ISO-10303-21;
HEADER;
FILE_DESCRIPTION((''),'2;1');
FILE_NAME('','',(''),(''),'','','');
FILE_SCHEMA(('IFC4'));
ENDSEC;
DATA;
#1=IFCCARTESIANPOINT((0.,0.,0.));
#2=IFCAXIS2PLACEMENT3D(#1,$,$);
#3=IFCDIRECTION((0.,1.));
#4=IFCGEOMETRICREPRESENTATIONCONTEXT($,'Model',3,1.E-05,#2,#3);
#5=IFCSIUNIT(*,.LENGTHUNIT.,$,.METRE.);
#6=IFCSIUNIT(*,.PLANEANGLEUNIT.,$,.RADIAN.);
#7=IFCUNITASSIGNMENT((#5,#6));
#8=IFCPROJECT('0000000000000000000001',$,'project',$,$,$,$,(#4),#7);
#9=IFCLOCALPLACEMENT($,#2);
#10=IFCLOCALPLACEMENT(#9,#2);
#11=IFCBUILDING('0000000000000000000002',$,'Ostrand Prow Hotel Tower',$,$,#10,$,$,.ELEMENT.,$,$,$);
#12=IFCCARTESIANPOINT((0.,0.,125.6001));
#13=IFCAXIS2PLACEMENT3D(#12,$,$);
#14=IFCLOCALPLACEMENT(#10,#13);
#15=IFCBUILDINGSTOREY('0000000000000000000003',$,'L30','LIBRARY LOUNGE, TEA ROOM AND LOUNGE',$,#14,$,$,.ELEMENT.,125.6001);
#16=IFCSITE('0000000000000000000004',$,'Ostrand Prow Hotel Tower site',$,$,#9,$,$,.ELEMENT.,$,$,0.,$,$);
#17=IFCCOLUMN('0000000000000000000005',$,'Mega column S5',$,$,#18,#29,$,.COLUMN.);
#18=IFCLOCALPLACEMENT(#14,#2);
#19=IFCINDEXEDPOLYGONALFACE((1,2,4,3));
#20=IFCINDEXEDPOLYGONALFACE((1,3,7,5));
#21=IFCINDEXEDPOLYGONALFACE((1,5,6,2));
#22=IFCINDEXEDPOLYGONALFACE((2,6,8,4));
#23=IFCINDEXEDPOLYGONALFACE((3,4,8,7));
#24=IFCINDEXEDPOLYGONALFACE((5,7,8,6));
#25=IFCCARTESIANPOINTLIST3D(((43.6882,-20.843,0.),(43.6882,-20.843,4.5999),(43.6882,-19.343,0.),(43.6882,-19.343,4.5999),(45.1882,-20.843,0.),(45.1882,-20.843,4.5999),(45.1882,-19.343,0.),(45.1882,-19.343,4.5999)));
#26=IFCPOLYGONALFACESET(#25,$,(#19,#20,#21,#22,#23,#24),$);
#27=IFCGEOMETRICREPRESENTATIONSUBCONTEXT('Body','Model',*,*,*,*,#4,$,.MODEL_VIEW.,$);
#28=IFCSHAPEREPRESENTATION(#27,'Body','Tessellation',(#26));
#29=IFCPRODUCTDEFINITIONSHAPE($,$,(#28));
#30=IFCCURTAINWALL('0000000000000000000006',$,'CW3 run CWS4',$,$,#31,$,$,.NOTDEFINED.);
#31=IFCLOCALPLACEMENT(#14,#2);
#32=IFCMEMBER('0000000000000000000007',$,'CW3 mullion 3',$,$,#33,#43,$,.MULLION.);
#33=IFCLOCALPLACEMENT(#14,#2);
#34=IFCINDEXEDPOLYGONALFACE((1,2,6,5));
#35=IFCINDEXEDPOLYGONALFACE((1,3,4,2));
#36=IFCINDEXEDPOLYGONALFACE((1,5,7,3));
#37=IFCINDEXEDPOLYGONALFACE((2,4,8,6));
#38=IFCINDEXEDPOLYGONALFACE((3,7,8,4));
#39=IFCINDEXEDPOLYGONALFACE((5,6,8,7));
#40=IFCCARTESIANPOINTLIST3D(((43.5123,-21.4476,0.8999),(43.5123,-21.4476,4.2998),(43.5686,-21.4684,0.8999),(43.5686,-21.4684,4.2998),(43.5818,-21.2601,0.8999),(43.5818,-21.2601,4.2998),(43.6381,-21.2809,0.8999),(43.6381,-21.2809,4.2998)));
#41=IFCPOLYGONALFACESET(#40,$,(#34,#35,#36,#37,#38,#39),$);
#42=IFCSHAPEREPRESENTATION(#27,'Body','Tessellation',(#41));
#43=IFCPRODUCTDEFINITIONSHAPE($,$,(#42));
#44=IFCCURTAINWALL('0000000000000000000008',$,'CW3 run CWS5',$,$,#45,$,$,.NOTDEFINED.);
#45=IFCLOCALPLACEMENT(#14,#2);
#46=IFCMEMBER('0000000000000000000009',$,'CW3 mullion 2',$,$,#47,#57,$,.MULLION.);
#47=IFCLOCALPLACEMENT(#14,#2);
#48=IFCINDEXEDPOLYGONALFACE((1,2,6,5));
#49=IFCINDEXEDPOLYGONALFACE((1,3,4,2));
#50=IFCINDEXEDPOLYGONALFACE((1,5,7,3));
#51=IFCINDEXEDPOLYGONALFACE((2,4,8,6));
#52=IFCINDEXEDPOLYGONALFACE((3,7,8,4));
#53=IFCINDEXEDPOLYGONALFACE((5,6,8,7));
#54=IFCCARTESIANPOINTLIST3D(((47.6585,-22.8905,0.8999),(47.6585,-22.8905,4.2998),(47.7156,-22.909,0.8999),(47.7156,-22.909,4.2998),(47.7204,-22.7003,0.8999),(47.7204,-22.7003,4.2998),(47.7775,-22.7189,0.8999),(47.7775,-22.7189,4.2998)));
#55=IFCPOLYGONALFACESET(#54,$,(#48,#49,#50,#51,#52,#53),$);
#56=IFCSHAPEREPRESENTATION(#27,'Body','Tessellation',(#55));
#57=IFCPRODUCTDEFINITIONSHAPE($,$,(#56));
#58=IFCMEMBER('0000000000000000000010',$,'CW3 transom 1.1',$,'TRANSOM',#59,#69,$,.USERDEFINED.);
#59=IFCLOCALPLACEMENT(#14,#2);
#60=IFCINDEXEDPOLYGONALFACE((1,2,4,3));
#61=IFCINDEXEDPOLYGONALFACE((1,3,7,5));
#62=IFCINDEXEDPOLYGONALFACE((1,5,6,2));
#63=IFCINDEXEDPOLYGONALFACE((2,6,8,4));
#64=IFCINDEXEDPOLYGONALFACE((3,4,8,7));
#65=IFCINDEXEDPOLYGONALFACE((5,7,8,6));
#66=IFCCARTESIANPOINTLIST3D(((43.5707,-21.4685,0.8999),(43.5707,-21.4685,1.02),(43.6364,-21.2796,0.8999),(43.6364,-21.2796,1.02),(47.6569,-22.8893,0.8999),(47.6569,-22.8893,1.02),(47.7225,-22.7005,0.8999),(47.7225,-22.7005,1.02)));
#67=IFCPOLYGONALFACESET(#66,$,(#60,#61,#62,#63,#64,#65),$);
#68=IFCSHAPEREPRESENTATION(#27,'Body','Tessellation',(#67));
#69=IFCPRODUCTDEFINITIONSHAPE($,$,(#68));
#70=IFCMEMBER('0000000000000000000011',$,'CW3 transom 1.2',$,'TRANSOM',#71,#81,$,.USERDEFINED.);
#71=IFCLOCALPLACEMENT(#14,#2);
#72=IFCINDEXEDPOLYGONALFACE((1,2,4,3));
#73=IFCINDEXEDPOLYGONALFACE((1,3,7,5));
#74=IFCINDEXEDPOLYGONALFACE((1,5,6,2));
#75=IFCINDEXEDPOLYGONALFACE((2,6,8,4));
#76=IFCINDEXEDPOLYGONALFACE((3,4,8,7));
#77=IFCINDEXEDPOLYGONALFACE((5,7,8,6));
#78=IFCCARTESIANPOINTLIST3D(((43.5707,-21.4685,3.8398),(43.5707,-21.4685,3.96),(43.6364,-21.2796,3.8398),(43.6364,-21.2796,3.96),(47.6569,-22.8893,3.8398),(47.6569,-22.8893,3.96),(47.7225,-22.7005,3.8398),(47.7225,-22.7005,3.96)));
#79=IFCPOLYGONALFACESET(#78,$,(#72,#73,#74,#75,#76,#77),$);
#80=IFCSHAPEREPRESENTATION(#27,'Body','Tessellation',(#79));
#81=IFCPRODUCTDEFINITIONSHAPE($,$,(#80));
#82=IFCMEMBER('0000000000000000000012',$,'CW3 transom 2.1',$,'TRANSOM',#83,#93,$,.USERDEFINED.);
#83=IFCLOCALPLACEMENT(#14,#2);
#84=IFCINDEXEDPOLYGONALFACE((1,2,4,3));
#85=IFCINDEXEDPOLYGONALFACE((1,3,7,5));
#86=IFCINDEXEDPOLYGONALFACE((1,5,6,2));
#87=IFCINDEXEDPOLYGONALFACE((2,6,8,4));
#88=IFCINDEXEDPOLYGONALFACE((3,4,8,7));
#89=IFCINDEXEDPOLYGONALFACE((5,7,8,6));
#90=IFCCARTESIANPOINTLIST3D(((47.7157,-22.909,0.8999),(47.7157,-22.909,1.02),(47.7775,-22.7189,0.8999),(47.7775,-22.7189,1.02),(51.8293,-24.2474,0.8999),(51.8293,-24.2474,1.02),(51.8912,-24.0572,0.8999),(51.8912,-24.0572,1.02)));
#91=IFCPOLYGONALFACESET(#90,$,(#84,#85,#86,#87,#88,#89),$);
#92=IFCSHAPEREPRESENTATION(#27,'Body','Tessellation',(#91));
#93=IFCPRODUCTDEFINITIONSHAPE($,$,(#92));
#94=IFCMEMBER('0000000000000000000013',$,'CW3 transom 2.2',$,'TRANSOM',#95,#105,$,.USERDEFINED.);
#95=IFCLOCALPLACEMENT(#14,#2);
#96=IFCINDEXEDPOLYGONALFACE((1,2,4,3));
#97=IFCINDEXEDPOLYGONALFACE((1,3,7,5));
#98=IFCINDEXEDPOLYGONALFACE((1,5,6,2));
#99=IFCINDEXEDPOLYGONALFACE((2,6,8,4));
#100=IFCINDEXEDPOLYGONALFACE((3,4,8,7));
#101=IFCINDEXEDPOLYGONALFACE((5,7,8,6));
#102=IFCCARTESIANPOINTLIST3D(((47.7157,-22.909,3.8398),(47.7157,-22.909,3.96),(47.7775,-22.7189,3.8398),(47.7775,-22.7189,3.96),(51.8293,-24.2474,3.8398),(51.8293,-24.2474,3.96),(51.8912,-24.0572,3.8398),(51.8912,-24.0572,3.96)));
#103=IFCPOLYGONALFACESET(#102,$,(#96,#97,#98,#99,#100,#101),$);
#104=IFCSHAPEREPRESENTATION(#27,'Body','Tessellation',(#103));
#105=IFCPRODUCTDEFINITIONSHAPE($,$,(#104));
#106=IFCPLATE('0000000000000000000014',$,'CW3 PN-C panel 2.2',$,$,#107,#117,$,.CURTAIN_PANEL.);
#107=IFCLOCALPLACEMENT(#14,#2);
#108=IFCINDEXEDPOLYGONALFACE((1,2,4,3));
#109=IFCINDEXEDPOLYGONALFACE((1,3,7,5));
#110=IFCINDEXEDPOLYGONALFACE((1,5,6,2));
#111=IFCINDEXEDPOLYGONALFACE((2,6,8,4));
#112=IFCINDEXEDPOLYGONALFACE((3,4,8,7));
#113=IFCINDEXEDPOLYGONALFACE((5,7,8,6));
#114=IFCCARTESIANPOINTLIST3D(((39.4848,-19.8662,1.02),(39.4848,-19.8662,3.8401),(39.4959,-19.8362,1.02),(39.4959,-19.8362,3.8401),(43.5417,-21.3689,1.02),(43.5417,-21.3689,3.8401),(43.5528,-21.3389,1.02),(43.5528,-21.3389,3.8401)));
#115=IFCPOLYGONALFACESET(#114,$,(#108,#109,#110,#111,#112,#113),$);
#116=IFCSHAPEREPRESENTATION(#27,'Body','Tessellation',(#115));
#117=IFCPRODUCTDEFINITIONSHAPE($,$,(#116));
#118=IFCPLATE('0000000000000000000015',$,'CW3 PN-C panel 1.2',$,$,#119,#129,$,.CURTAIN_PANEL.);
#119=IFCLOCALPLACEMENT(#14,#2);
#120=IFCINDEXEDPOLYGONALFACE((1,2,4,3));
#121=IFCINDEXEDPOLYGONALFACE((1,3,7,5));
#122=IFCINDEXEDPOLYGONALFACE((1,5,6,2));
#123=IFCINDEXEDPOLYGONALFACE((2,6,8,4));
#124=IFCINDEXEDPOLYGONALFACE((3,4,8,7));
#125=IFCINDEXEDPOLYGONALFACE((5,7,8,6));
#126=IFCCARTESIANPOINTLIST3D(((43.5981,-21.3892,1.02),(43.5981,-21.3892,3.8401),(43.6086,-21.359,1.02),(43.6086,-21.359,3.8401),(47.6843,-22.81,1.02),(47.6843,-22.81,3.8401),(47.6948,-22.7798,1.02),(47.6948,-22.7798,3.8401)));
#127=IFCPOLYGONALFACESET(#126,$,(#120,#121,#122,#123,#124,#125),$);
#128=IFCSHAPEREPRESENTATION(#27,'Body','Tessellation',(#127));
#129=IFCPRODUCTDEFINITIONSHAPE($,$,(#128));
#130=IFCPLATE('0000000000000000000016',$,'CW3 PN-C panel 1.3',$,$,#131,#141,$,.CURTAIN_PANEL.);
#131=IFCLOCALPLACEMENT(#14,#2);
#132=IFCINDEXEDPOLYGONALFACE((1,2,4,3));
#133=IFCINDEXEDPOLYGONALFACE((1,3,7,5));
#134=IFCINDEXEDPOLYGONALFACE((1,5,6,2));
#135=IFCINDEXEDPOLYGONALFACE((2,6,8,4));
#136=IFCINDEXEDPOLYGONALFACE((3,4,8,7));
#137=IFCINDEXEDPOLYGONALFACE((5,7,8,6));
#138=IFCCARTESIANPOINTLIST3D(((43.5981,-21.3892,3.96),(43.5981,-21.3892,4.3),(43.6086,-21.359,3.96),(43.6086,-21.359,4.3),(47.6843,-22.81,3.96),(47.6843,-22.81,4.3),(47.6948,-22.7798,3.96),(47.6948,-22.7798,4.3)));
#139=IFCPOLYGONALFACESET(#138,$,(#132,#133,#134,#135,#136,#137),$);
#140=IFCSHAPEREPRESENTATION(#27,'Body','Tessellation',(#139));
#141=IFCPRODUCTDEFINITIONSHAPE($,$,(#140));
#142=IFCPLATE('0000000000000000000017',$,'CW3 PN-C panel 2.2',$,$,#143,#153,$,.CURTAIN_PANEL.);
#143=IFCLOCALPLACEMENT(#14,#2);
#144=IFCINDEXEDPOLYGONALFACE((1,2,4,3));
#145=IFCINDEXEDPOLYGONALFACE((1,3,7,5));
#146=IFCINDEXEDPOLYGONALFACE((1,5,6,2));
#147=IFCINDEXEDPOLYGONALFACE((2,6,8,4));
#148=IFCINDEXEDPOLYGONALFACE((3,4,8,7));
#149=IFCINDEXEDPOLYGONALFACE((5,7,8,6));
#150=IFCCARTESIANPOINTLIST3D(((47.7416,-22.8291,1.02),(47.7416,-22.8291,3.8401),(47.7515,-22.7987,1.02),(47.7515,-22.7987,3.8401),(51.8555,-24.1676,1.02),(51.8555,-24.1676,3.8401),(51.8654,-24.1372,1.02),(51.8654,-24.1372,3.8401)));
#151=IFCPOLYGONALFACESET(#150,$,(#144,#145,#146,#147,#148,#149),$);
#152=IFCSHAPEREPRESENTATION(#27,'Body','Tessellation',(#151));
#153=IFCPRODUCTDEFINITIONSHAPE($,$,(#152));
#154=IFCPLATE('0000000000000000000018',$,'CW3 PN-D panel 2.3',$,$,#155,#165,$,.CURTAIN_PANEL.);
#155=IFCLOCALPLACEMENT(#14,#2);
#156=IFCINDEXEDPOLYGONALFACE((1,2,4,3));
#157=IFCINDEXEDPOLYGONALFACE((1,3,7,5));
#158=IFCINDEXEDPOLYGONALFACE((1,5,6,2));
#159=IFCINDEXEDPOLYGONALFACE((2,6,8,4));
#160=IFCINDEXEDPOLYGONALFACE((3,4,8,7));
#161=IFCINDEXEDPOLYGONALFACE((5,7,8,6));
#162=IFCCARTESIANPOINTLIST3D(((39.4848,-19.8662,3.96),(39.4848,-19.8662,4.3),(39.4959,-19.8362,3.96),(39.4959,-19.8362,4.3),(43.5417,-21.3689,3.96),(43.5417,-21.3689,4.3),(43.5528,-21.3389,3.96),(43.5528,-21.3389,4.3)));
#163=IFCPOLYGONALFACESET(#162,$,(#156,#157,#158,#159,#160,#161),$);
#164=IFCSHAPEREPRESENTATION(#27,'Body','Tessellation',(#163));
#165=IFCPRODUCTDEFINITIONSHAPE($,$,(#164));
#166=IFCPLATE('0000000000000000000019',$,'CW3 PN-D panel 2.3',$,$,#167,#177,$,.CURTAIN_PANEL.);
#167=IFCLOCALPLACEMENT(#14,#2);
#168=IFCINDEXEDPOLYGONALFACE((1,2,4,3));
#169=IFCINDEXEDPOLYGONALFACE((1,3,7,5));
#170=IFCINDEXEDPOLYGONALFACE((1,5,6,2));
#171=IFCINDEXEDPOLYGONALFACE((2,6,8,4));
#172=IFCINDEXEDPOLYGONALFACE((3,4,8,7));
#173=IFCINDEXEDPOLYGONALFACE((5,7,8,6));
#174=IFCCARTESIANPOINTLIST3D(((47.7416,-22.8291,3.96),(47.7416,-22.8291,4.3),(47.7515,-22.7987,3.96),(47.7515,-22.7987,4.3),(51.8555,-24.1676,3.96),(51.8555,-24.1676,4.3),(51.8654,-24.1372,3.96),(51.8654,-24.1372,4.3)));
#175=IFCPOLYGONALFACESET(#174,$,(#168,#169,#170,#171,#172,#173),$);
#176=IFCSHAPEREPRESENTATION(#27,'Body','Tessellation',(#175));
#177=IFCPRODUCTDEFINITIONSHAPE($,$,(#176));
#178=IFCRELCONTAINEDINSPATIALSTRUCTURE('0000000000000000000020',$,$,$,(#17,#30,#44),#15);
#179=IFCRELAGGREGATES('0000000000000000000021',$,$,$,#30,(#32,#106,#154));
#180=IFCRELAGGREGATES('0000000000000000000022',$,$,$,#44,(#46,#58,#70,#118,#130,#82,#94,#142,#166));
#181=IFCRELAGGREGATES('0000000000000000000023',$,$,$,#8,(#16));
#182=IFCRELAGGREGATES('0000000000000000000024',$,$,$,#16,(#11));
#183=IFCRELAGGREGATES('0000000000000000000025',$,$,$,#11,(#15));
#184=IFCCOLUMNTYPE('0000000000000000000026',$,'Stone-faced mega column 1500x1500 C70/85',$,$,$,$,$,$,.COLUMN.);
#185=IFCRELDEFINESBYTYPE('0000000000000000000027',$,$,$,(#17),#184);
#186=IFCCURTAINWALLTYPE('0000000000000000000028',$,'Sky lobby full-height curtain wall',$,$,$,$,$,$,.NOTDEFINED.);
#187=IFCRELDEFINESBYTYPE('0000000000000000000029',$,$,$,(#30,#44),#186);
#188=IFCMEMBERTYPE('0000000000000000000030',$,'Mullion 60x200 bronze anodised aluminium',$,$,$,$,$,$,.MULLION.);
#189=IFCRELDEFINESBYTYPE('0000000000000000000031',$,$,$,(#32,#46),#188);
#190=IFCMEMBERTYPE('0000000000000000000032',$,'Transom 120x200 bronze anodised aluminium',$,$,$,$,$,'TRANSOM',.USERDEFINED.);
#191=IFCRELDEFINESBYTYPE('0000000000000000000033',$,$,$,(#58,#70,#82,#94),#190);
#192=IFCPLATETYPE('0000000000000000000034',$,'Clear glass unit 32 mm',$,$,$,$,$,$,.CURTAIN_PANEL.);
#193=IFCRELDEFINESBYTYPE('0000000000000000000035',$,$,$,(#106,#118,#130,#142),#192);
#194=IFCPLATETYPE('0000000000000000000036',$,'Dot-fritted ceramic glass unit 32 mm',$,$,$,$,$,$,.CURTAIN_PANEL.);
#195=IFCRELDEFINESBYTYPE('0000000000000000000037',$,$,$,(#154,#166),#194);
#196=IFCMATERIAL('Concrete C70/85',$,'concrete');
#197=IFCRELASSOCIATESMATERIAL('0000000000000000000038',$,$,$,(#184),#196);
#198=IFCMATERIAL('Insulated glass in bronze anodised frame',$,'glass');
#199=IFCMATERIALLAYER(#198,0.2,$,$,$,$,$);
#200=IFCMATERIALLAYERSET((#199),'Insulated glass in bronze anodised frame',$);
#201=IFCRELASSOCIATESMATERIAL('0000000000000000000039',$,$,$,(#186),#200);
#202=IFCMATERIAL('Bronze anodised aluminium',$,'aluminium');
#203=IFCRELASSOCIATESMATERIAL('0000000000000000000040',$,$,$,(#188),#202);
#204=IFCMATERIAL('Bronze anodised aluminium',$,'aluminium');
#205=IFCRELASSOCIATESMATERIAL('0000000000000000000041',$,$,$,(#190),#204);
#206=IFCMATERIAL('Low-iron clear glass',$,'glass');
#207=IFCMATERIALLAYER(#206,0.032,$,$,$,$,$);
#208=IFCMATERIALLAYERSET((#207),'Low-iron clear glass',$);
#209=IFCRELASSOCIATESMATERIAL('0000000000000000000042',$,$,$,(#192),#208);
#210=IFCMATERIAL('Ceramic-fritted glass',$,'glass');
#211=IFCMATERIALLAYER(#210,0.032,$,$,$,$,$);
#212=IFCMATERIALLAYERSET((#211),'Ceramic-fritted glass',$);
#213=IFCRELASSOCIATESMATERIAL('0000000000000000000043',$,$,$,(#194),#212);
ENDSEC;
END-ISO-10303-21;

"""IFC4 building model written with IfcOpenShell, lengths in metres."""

from ifc_helpers import new_model, si_unit, direction, frame, origin, origin_2d, place, context, subcontext, project, spatial, rectangle, extrude, material, layer, layer_set, material_profile, profile_set, type_object, element, aggregate, save


model = new_model("IFC4")

# Units and contexts
model_context = context("Model", 3, precision=1e-05, world=origin(), true_north=direction((0.0, 1.0)))
body_context = subcontext(model_context, "Body", "Model", "MODEL_VIEW")
ifc_project = project(units=[si_unit("LENGTHUNIT", "METRE"), si_unit("PLANEANGLEUNIT", "RADIAN")], contexts=[model_context])

# Site, building, storey
site_placement = place(None, origin())
site = spatial("IfcSite", under=ifc_project, at=site_placement, Name="Ostrand Prow Hotel Tower site", CompositionType="ELEMENT", RefElevation=0.0)
building_placement = place(site_placement, origin())
building = spatial("IfcBuilding", under=site, at=building_placement, Name="Ostrand Prow Hotel Tower", CompositionType="ELEMENT")
storey_placement = place(building_placement, frame((0.0, 0.0, 125.6001)))
storey = spatial("IfcBuildingStorey", under=building, at=storey_placement, Name="L30", Description="LIBRARY LOUNGE, TEA ROOM AND LOUNGE", CompositionType="ELEMENT", Elevation=125.6001)

# Column
ifc_material_1 = material(Name="Concrete C70/85", Category="concrete")
ifc_material_profile_1 = material_profile(ifc_material_1, rectangle(XDim=1.5, YDim=1.5, at=origin_2d()), Name="RC 1500x1500")
ifc_profile_set_1 = profile_set([ifc_material_profile_1], Name="Concrete C70/85")
column_type = type_object("IfcColumnType", Name="Stone-faced mega column 1500x1500 C70/85", PredefinedType="COLUMN", material=ifc_profile_set_1)
column_placement = place(storey_placement, frame((44.4382, -20.093, 0.0), z_axis=(0.0, 0.0, 1.0), x_axis=(1.0, 0.0, 0.0)))
element("IfcColumn", 1, at=column_placement, inside=storey, type_object=column_type, Name="Mega column S5", PredefinedType="COLUMN", context=body_context, shape_type="SweptSolid", body=[
    extrude(rectangle(XDim=1.5, YDim=1.5, at=origin_2d()), origin(), (0.0, 0.0, 1.0), 4.5999),
])

# Curtain wall, member
ifc_material_2 = material(Name="Insulated glass in bronze anodised frame", Category="glass")
ifc_layer_1 = layer(ifc_material_2, 0.2)
ifc_layer_set_1 = layer_set([ifc_layer_1], Name="Insulated glass in bronze anodised frame")
curtain_wall_type = type_object("IfcCurtainWallType", Name="Sky lobby full-height curtain wall", PredefinedType="NOTDEFINED", material=ifc_layer_set_1)
curtain_wall_1_placement = place(storey_placement, origin())
curtain_wall_1 = element("IfcCurtainWall", 2, at=curtain_wall_1_placement, inside=storey, type_object=curtain_wall_type, Name="CW3 run CWS4", PredefinedType="NOTDEFINED")
ifc_material_3 = material(Name="Bronze anodised aluminium", Category="aluminium")
ifc_material_profile_2 = material_profile(ifc_material_3, rectangle(XDim=0.2, YDim=0.0601, at=origin_2d()), Name="Mullion 60x200 bronze anodised aluminium")
ifc_profile_set_2 = profile_set([ifc_material_profile_2], Name="Bronze anodised aluminium")
member_type_1 = type_object("IfcMemberType", Name="Mullion 60x200 bronze anodised aluminium", PredefinedType="MULLION", material=ifc_profile_set_2)
member_1_placement = place(storey_placement, frame((43.5752, -21.3643, 0.8999), z_axis=(0.0, 0.0, 1.0), x_axis=(0.347342, 0.937739, 0.0)))
member_1 = element("IfcMember", 3, at=member_1_placement, type_object=member_type_1, Name="CW3 mullion 3", PredefinedType="MULLION", context=body_context, shape_type="SweptSolid", body=[
    extrude(rectangle(XDim=0.2, YDim=0.0601, at=origin_2d()), origin(), (0.0, 0.0, 1.0), 3.3999),
])

# Curtain wall, members
curtain_wall_2_placement = place(storey_placement, origin())
curtain_wall_2 = element("IfcCurtainWall", 4, at=curtain_wall_2_placement, inside=storey, type_object=curtain_wall_type, Name="CW3 run CWS5", PredefinedType="NOTDEFINED")
member_2_placement = place(storey_placement, frame((47.718, -22.8047, 0.8999), z_axis=(0.0, 0.0, 1.0), x_axis=(0.30938, 0.950938, 0.0)))
member_2 = element("IfcMember", 5, at=member_2_placement, type_object=member_type_1, Name="CW3 mullion 2", PredefinedType="MULLION", context=body_context, shape_type="SweptSolid", body=[
    extrude(rectangle(XDim=0.2, YDim=0.0601, at=origin_2d()), origin(), (0.0, 0.0, 1.0), 3.3999),
])
ifc_material_4 = material(Name="Bronze anodised aluminium", Category="aluminium")
ifc_material_profile_3 = material_profile(ifc_material_4, rectangle(XDim=0.2, YDim=0.1201, at=origin_2d()), Name="Transom 120x200 bronze anodised aluminium")
ifc_profile_set_3 = profile_set([ifc_material_profile_3], Name="Bronze anodised aluminium")
member_type_2 = type_object("IfcMemberType", Name="Transom 120x200 bronze anodised aluminium", ElementType="TRANSOM", PredefinedType="USERDEFINED", material=ifc_profile_set_3)
member_3_placement = place(storey_placement, frame((43.6035, -21.374, 0.96), z_axis=(0.944524, -0.328442, 0.0), x_axis=(0.328442, 0.944524, 0.0)))
member_3 = element("IfcMember", 6, at=member_3_placement, type_object=member_type_2, Name="CW3 transom 1.1", ObjectType="TRANSOM", PredefinedType="USERDEFINED", context=body_context, shape_type="SweptSolid", body=[
    extrude(rectangle(XDim=0.2, YDim=0.1201, at=origin_2d()), origin(), (0.0, 0.0, 1.0), 4.3262),
])
member_4_placement = place(storey_placement, frame((43.6035, -21.374, 3.8999), z_axis=(0.944524, -0.328442, 0.0), x_axis=(0.328442, 0.944524, 0.0)))
member_4 = element("IfcMember", 7, at=member_4_placement, type_object=member_type_2, Name="CW3 transom 1.2", ObjectType="TRANSOM", PredefinedType="USERDEFINED", context=body_context, shape_type="SweptSolid", body=[
    extrude(rectangle(XDim=0.2, YDim=0.1201, at=origin_2d()), origin(), (0.0, 0.0, 1.0), 4.3262),
])
member_5_placement = place(storey_placement, frame((47.7466, -22.814, 0.96), z_axis=(0.950939, -0.30938, 0.0), x_axis=(0.30938, 0.950939, 0.0)))
member_5 = element("IfcMember", 8, at=member_5_placement, type_object=member_type_2, Name="CW3 transom 2.1", ObjectType="TRANSOM", PredefinedType="USERDEFINED", context=body_context, shape_type="SweptSolid", body=[
    extrude(rectangle(XDim=0.2, YDim=0.1201, at=origin_2d()), origin(), (0.0, 0.0, 1.0), 4.3259),
])
member_6_placement = place(storey_placement, frame((47.7466, -22.814, 3.8999), z_axis=(0.950939, -0.30938, 0.0), x_axis=(0.30938, 0.950939, 0.0)))
member_6 = element("IfcMember", 9, at=member_6_placement, type_object=member_type_2, Name="CW3 transom 2.2", ObjectType="TRANSOM", PredefinedType="USERDEFINED", context=body_context, shape_type="SweptSolid", body=[
    extrude(rectangle(XDim=0.2, YDim=0.1201, at=origin_2d()), origin(), (0.0, 0.0, 1.0), 4.3259),
])

# Plates
ifc_material_5 = material(Name="Low-iron clear glass", Category="glass")
ifc_layer_2 = layer(ifc_material_5, 0.032)
ifc_layer_set_2 = layer_set([ifc_layer_2], Name="Low-iron clear glass")
plate_type_1 = type_object("IfcPlateType", Name="Clear glass unit 32 mm", PredefinedType="CURTAIN_PANEL", material=ifc_layer_set_2)
plate_1_placement = place(storey_placement, frame((41.5188, -20.6025, 1.02), z_axis=(0.0, 0.0, 1.0), x_axis=(0.937739, -0.347342, 0.0)))
plate_1 = element("IfcPlate", 10, at=plate_1_placement, type_object=plate_type_1, Name="CW3 PN-C panel 2.2", PredefinedType="CURTAIN_PANEL", context=body_context, shape_type="SweptSolid", body=[
    extrude(rectangle(XDim=4.3262, YDim=0.032, at=origin_2d()), origin(), (0.0, 0.0, 1.0), 2.8201),
])
plate_2_placement = place(storey_placement, frame((45.6465, -22.0845, 1.02), z_axis=(0.0, 0.0, 1.0), x_axis=(0.944529, -0.328428, 0.0)))
plate_2 = element("IfcPlate", 11, at=plate_2_placement, type_object=plate_type_1, Name="CW3 PN-C panel 1.2", PredefinedType="CURTAIN_PANEL", context=body_context, shape_type="SweptSolid", body=[
    extrude(rectangle(XDim=4.3262, YDim=0.032, at=origin_2d()), origin(), (0.0, 0.0, 1.0), 2.8201),
])
plate_3_placement = place(storey_placement, frame((45.6465, -22.0845, 3.96), z_axis=(0.0, 0.0, 1.0), x_axis=(0.944529, -0.328428, 0.0)))
plate_3 = element("IfcPlate", 12, at=plate_3_placement, type_object=plate_type_1, Name="CW3 PN-C panel 1.3", PredefinedType="CURTAIN_PANEL", context=body_context, shape_type="SweptSolid", body=[
    extrude(rectangle(XDim=4.3262, YDim=0.032, at=origin_2d()), origin(), (0.0, 0.0, 1.0), 0.3401),
])
plate_4_placement = place(storey_placement, frame((49.8035, -23.4832, 1.02), z_axis=(0.0, 0.0, 1.0), x_axis=(0.950938, -0.30938, 0.0)))
plate_4 = element("IfcPlate", 13, at=plate_4_placement, type_object=plate_type_1, Name="CW3 PN-C panel 2.2", PredefinedType="CURTAIN_PANEL", context=body_context, shape_type="SweptSolid", body=[
    extrude(rectangle(XDim=4.3262, YDim=0.032, at=origin_2d()), origin(), (0.0, 0.0, 1.0), 2.8201),
])
ifc_material_6 = material(Name="Ceramic-fritted glass", Category="glass")
ifc_layer_3 = layer(ifc_material_6, 0.032)
ifc_layer_set_3 = layer_set([ifc_layer_3], Name="Ceramic-fritted glass")
plate_type_2 = type_object("IfcPlateType", Name="Dot-fritted ceramic glass unit 32 mm", PredefinedType="CURTAIN_PANEL", material=ifc_layer_set_3)
plate_5_placement = place(storey_placement, frame((41.5188, -20.6025, 3.96), z_axis=(0.0, 0.0, 1.0), x_axis=(0.937739, -0.347342, 0.0)))
plate_5 = element("IfcPlate", 14, at=plate_5_placement, type_object=plate_type_2, Name="CW3 PN-D panel 2.3", PredefinedType="CURTAIN_PANEL", context=body_context, shape_type="SweptSolid", body=[
    extrude(rectangle(XDim=4.3262, YDim=0.032, at=origin_2d()), origin(), (0.0, 0.0, 1.0), 0.3401),
])
aggregate(curtain_wall_1, [member_1, plate_1, plate_5])
plate_6_placement = place(storey_placement, frame((49.8035, -23.4832, 3.96), z_axis=(0.0, 0.0, 1.0), x_axis=(0.950938, -0.30938, 0.0)))
plate_6 = element("IfcPlate", 15, at=plate_6_placement, type_object=plate_type_2, Name="CW3 PN-D panel 2.3", PredefinedType="CURTAIN_PANEL", context=body_context, shape_type="SweptSolid", body=[
    extrude(rectangle(XDim=4.3262, YDim=0.032, at=origin_2d()), origin(), (0.0, 0.0, 1.0), 0.3401),
])
aggregate(curtain_wall_2, [member_2, member_3, member_4, plate_2, plate_3, member_5, member_6, plate_4, plate_6])

save(model, "model.ifc")
